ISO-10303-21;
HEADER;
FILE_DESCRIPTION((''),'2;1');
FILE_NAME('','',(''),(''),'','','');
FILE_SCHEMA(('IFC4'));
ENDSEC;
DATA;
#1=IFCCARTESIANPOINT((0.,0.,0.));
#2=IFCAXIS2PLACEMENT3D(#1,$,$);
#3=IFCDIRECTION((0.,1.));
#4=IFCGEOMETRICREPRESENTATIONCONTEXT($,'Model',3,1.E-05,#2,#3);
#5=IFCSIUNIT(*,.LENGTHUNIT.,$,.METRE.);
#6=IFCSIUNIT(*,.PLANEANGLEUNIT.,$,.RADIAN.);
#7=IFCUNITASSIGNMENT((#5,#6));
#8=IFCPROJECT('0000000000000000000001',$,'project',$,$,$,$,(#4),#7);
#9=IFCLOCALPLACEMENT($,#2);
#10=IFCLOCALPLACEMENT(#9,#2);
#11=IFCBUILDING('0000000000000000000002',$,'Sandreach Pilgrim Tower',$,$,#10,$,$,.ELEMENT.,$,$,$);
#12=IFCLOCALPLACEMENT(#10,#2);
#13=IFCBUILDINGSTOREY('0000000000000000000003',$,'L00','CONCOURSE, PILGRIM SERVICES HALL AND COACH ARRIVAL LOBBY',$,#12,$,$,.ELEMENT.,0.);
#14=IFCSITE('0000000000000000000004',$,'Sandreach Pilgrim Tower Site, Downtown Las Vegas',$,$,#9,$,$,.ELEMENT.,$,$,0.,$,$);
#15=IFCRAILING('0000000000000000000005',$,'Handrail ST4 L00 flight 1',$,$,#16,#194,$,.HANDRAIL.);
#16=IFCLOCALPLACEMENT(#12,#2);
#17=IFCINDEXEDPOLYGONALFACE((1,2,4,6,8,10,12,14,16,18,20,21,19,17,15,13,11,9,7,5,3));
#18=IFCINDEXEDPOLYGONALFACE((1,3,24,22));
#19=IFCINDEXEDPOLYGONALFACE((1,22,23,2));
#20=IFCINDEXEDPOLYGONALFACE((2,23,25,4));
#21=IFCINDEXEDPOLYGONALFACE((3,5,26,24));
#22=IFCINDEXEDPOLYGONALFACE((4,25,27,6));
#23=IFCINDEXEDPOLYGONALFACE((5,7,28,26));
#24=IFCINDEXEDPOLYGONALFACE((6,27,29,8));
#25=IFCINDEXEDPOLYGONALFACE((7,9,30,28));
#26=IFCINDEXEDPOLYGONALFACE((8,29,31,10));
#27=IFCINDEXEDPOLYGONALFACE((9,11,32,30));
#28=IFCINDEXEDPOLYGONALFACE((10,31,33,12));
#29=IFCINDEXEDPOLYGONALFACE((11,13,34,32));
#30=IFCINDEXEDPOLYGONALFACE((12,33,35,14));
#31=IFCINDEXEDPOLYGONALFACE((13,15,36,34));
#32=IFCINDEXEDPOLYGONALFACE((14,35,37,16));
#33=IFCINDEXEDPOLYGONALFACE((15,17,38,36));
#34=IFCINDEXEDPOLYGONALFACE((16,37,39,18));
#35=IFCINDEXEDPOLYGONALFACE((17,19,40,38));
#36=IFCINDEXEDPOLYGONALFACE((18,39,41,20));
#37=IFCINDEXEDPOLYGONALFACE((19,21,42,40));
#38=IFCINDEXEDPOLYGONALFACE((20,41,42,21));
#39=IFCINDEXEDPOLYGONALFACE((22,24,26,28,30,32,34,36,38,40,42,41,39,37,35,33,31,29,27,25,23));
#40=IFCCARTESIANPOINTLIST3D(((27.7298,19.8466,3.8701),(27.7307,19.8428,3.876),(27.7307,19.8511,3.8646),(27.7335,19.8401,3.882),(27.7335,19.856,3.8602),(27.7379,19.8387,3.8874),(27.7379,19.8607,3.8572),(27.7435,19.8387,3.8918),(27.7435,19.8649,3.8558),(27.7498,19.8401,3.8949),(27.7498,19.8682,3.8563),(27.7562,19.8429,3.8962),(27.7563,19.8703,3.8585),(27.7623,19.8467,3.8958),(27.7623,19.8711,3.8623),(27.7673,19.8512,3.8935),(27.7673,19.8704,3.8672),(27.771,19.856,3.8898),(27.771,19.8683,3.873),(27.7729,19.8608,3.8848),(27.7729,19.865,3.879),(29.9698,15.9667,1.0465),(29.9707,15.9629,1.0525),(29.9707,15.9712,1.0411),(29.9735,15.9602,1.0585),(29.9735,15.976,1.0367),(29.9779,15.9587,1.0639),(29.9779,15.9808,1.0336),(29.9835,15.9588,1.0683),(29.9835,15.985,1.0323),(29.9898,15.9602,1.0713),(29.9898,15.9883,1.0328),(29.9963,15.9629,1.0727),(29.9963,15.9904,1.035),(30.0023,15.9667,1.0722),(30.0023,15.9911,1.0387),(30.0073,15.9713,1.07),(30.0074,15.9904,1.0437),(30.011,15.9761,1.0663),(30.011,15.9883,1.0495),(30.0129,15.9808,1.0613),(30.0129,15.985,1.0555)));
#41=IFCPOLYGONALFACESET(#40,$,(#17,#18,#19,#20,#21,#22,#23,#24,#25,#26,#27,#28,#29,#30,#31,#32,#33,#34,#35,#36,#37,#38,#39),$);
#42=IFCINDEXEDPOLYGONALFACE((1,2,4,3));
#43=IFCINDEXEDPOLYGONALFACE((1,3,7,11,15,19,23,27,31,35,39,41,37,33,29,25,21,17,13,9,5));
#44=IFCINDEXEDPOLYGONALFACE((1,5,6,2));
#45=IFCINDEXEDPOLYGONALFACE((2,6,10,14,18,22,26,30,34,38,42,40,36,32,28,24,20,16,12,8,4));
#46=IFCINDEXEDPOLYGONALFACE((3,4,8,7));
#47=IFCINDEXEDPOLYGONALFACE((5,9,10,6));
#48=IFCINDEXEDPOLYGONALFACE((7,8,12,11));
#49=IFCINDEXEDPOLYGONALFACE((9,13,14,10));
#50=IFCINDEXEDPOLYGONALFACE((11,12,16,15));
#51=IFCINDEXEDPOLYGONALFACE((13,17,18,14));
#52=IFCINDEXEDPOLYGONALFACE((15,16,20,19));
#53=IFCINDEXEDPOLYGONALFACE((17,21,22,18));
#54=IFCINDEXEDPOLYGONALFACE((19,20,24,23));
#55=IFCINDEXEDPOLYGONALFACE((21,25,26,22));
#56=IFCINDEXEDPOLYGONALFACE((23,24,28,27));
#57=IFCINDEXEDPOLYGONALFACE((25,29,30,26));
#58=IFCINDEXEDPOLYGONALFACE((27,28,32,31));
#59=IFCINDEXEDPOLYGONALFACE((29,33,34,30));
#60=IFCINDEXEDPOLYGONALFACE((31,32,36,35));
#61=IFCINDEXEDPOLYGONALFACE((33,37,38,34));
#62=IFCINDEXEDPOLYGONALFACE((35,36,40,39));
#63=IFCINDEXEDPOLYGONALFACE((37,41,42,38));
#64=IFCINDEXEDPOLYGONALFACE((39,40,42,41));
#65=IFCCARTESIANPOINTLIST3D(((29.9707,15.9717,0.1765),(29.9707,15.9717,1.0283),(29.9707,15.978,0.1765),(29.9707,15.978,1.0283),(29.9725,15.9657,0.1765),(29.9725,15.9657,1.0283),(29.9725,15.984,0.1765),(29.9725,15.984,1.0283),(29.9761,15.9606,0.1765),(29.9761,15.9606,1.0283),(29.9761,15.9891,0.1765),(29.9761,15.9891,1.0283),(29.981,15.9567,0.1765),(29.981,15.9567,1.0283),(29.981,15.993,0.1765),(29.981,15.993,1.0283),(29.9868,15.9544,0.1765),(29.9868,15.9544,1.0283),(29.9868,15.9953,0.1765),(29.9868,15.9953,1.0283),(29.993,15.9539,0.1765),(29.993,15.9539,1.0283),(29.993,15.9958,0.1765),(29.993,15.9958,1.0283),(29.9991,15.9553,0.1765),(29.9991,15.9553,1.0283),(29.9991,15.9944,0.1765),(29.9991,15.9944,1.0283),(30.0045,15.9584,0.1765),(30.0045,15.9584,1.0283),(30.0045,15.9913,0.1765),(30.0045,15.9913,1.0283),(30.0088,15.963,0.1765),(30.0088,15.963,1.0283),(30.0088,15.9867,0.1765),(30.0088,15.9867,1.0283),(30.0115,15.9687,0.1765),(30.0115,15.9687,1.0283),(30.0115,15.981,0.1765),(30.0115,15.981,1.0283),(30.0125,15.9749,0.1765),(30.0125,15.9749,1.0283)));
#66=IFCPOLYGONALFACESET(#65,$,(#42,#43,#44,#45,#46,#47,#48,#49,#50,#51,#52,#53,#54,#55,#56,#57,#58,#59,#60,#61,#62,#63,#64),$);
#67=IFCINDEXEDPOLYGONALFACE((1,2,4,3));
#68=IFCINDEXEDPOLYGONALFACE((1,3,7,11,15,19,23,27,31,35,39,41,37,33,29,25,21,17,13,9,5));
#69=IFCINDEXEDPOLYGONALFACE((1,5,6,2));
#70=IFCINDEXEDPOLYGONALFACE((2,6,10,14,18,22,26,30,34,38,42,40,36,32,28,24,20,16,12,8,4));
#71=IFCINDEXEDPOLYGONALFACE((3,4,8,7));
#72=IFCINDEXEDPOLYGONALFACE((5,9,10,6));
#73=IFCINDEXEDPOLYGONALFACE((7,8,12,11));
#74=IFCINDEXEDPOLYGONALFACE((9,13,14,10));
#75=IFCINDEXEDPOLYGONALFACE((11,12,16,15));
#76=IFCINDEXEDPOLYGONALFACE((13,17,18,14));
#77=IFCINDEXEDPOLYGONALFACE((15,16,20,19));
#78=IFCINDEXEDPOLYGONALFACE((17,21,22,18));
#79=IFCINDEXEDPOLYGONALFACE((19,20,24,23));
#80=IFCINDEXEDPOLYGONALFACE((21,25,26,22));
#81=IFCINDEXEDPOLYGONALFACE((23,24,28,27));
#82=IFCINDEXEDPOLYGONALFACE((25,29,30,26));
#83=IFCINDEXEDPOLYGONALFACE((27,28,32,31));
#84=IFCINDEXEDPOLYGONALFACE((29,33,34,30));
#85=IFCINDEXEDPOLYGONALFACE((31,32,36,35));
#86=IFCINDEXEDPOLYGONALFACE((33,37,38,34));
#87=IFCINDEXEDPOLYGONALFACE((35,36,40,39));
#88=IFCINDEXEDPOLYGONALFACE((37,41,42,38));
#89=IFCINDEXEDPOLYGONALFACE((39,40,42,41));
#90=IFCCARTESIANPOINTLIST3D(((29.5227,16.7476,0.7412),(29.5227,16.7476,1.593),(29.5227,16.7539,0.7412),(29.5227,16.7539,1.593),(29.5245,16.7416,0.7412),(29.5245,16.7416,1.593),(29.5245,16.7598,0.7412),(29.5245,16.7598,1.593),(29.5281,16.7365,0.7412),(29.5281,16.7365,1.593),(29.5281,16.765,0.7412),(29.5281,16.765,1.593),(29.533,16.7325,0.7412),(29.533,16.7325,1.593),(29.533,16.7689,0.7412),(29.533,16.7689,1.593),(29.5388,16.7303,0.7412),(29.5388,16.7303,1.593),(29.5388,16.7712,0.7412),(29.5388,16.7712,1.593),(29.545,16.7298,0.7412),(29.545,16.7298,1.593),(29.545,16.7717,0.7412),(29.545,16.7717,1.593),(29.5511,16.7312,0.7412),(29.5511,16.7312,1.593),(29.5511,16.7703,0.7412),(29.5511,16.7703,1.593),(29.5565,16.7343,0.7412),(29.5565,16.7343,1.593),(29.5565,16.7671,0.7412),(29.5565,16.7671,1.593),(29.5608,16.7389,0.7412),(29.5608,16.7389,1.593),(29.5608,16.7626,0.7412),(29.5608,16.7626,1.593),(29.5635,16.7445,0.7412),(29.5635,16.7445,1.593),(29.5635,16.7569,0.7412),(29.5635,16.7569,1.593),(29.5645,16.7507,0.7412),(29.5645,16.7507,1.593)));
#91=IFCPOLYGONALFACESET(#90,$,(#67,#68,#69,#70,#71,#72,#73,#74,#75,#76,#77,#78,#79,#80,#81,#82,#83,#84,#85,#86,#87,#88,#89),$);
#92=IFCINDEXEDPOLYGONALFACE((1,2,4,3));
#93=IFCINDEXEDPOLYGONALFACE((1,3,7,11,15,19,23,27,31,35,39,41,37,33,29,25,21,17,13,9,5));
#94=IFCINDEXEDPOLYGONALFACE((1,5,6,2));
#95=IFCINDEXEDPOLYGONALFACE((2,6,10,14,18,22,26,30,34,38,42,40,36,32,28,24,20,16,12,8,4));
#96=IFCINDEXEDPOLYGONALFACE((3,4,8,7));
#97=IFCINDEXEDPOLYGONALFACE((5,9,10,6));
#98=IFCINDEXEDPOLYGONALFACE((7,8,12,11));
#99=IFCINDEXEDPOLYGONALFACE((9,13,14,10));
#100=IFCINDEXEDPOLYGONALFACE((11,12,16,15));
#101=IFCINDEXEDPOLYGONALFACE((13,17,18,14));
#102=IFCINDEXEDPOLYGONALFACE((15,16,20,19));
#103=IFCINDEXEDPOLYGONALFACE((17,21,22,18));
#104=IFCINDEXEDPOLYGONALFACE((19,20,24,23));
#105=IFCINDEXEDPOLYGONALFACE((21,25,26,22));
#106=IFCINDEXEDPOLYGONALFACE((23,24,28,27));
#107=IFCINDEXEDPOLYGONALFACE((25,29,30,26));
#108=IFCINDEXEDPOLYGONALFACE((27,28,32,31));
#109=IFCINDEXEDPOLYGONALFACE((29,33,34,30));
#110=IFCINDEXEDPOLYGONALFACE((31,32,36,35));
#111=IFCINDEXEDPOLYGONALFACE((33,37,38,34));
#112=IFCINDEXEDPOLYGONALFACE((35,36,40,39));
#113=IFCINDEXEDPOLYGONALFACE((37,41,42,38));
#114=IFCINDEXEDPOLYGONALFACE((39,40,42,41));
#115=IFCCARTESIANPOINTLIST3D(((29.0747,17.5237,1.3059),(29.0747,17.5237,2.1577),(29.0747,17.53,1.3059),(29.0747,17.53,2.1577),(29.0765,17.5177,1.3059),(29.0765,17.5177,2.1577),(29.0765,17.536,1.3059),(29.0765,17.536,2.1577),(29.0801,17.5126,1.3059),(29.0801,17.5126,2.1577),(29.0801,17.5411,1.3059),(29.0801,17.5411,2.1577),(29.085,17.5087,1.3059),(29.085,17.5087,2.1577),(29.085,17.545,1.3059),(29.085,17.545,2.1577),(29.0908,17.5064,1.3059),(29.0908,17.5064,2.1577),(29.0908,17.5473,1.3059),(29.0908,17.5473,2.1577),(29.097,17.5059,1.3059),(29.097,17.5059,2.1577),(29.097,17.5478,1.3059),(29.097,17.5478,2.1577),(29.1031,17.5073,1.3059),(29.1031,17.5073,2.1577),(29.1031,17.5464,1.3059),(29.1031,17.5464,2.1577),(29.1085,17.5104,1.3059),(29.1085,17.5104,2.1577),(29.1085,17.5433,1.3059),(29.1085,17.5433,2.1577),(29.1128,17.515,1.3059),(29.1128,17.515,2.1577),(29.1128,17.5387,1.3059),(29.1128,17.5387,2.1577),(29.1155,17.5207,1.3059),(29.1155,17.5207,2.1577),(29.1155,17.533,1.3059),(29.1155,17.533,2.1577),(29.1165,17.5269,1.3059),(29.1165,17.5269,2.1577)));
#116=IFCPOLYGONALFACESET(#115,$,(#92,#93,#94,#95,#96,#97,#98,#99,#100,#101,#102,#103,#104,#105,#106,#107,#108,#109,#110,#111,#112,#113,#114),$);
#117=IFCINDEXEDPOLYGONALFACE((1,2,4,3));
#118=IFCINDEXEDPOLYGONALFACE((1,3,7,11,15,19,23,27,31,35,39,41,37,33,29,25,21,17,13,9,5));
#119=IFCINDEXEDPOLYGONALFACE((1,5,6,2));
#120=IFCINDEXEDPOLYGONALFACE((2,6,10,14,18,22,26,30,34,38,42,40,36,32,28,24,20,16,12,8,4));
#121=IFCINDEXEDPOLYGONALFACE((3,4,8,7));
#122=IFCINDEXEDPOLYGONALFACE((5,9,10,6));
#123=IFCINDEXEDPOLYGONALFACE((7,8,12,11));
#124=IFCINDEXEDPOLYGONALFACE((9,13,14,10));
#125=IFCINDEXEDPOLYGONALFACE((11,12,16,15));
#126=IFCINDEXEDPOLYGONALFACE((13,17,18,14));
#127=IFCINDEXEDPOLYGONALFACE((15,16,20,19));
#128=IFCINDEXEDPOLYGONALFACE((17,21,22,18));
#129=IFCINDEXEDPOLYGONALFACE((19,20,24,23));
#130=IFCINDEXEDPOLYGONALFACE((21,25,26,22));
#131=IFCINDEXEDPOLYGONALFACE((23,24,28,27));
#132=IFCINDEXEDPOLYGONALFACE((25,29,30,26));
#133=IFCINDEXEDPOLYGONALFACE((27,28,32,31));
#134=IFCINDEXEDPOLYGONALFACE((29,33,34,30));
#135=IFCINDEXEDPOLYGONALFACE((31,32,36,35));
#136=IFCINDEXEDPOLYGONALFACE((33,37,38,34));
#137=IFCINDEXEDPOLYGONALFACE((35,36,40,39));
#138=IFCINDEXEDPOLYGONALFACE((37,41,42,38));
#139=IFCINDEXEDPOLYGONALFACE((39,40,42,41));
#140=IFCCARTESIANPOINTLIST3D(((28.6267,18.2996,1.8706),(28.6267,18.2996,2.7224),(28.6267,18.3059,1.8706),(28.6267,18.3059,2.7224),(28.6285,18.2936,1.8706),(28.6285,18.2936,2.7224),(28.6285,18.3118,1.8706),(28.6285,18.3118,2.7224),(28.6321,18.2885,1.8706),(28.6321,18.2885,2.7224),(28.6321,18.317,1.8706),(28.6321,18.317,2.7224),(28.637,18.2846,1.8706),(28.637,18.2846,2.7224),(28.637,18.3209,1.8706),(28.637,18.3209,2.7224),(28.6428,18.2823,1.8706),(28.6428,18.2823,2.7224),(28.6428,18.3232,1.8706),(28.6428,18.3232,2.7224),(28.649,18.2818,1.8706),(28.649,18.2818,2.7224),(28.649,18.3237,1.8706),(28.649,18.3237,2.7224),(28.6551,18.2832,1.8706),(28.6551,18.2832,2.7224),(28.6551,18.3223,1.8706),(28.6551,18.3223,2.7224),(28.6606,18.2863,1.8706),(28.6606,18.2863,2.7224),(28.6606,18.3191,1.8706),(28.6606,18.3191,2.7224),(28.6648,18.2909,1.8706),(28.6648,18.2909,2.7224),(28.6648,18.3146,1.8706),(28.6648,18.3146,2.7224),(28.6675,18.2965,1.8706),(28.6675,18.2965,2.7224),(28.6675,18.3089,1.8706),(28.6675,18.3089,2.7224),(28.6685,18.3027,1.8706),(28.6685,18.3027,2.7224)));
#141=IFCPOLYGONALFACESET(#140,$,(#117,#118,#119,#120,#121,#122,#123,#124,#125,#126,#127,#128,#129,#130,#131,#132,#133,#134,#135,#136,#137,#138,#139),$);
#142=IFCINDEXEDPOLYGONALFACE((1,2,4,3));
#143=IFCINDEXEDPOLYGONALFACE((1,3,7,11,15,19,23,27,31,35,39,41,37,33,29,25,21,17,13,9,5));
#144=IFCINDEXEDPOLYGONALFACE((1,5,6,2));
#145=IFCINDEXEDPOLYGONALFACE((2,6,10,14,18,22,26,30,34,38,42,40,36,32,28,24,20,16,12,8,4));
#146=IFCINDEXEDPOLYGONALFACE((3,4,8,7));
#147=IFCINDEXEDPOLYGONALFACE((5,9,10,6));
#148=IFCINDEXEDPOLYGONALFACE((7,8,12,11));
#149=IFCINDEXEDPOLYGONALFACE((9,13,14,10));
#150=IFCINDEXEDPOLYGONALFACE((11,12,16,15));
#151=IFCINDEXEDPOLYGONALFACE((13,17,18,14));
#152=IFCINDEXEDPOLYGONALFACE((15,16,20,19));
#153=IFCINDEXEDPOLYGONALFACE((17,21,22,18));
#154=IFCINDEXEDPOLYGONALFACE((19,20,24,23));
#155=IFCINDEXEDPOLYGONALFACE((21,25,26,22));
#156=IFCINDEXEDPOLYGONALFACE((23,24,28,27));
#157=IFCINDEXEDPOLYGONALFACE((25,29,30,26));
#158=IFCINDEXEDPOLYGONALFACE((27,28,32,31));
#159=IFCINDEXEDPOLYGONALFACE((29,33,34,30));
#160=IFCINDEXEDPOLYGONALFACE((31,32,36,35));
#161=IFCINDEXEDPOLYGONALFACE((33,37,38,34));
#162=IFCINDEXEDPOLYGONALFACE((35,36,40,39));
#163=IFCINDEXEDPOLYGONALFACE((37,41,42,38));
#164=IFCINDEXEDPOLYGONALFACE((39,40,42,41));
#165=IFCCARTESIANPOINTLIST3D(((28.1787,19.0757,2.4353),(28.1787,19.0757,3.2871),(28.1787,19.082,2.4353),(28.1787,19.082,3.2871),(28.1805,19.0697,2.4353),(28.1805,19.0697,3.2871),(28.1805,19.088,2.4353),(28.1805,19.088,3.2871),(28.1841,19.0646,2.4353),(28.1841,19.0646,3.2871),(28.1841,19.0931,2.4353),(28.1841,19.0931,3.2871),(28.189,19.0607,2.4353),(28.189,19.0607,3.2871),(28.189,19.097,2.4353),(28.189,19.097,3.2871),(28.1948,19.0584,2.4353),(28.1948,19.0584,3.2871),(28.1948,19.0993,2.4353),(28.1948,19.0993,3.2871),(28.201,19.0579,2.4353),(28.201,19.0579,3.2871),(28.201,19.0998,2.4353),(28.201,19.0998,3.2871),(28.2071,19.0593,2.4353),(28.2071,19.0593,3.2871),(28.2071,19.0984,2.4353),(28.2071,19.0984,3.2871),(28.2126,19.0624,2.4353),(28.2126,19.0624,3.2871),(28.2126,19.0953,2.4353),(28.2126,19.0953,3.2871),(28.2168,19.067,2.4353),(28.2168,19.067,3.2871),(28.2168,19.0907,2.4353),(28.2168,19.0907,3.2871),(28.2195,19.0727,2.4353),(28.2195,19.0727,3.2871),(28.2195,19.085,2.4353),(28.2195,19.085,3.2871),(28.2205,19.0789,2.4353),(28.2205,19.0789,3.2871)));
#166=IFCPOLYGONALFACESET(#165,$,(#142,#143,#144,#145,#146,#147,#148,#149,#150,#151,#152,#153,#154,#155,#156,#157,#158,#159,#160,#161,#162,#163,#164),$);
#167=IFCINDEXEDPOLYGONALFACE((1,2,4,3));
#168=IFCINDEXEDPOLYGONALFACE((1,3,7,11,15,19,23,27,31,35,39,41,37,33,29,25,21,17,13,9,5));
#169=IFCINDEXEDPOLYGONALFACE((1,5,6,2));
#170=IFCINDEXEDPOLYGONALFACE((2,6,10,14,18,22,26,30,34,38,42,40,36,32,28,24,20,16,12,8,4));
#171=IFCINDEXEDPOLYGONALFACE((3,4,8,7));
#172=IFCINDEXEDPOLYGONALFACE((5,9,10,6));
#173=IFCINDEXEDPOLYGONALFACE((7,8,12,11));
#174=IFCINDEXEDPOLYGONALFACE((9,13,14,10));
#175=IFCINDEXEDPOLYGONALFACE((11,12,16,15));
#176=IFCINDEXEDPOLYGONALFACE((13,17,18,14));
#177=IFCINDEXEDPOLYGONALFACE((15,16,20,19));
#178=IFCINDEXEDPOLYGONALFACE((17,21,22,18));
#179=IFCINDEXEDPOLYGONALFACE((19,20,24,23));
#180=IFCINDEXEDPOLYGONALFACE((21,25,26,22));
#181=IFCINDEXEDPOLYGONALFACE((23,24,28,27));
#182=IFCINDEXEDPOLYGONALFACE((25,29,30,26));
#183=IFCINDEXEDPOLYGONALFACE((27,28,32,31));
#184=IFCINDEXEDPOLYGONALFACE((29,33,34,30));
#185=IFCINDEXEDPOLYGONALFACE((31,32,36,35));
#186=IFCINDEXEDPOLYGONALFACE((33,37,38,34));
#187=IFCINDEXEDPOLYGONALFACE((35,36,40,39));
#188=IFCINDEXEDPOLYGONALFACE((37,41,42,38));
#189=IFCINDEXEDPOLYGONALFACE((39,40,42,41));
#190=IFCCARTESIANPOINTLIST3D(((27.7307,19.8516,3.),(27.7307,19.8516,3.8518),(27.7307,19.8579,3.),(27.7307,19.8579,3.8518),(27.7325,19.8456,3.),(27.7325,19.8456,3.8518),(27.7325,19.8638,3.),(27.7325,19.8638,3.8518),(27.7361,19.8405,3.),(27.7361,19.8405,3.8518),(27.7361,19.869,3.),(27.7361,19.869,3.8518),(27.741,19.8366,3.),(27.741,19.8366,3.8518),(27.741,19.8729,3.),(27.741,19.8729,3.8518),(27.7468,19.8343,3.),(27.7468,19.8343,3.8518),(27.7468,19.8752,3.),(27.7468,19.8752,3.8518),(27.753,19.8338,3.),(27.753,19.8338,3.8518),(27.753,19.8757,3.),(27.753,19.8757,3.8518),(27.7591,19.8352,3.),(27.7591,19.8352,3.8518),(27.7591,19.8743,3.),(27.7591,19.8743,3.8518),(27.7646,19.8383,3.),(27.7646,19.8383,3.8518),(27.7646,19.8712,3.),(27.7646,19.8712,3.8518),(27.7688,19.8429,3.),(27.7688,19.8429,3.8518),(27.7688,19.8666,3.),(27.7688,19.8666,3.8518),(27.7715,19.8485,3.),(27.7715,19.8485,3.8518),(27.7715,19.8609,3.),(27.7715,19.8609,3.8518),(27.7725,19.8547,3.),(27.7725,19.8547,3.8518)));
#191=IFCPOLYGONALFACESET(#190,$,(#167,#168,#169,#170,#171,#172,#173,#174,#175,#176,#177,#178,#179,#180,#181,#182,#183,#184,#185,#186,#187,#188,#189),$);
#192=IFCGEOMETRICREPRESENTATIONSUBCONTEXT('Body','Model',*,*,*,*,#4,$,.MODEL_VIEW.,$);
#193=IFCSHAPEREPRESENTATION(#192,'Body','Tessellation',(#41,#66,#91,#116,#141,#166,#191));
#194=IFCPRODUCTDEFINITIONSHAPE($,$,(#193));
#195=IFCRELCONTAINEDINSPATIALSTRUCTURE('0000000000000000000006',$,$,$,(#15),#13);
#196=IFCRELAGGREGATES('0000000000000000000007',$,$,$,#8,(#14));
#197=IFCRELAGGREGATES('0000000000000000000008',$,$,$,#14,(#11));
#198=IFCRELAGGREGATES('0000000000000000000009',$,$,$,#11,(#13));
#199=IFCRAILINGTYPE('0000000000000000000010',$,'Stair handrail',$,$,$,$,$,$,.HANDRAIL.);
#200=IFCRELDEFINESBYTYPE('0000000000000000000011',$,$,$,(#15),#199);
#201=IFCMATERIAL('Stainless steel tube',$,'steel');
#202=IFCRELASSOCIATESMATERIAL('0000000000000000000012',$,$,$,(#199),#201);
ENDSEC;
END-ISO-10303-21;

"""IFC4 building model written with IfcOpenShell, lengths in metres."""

from ifc_helpers import new_model, si_unit, direction, frame, origin, origin_2d, place, context, subcontext, project, spatial, circle, extrude, material, type_object, element, save


model = new_model("IFC4")

# Units and contexts
model_context = context("Model", 3, precision=1e-05, world=origin(), true_north=direction((0.0, 1.0)))
body_context = subcontext(model_context, "Body", "Model", "MODEL_VIEW")
ifc_project = project(units=[si_unit("LENGTHUNIT", "METRE"), si_unit("PLANEANGLEUNIT", "RADIAN")], contexts=[model_context])

# Site, building, storey
site_placement = place(None, origin())
site = spatial("IfcSite", under=ifc_project, at=site_placement, Name="Sandreach Pilgrim Tower Site, Downtown Las Vegas", CompositionType="ELEMENT", RefElevation=0.0)
building_placement = place(site_placement, origin())
building = spatial("IfcBuilding", under=site, at=building_placement, Name="Sandreach Pilgrim Tower", CompositionType="ELEMENT")
storey_placement = place(building_placement, origin())
storey = spatial("IfcBuildingStorey", under=building, at=storey_placement, Name="L00", Description="CONCOURSE, PILGRIM SERVICES HALL AND COACH ARRIVAL LOBBY", CompositionType="ELEMENT", Elevation=0.0)

# Railing
ifc_material_1 = material(Name="Stainless steel tube", Category="steel")
railing_type = type_object("IfcRailingType", Name="Stair handrail", PredefinedType="HANDRAIL", material=ifc_material_1)
railing_1_placement = place(storey_placement, frame((29.9915, 15.9749, 0.1765)))
element("IfcRailing", 1, at=railing_1_placement, inside=storey, type_object=railing_type, Name="Handrail ST4 L00 flight 1", PredefinedType="HANDRAIL", context=body_context, shape_type="SweptSolid", body=[
    extrude(circle(Radius=0.0239, at=origin_2d()), frame((0.0, 0.0, 0.876), z_axis=(-0.422993, 0.732665, 0.533178), x_axis=(-0.866031, -0.49999, 0.0)), (0.0, 0.0, 1.0), 5.2957),
    extrude(circle(Radius=0.021, at=origin_2d()), origin(), (0.0, 0.0, 1.0), 0.8518),
    extrude(circle(Radius=0.021, at=origin_2d()), frame((-0.448, 0.7759, 0.5647)), (0.0, 0.0, 1.0), 0.8518),
    extrude(circle(Radius=0.021, at=origin_2d()), frame((-0.896, 1.552, 1.1294)), (0.0, 0.0, 1.0), 0.8518),
    extrude(circle(Radius=0.021, at=origin_2d()), frame((-1.344, 2.3279, 1.6941)), (0.0, 0.0, 1.0), 0.8518),
    extrude(circle(Radius=0.021, at=origin_2d()), frame((-1.792, 3.104, 2.2588)), (0.0, 0.0, 1.0), 0.8518),
    extrude(circle(Radius=0.021, at=origin_2d()), frame((-2.24, 3.8799, 2.8235)), (0.0, 0.0, 1.0), 0.8518),
])

save(model, "model.ifc")
